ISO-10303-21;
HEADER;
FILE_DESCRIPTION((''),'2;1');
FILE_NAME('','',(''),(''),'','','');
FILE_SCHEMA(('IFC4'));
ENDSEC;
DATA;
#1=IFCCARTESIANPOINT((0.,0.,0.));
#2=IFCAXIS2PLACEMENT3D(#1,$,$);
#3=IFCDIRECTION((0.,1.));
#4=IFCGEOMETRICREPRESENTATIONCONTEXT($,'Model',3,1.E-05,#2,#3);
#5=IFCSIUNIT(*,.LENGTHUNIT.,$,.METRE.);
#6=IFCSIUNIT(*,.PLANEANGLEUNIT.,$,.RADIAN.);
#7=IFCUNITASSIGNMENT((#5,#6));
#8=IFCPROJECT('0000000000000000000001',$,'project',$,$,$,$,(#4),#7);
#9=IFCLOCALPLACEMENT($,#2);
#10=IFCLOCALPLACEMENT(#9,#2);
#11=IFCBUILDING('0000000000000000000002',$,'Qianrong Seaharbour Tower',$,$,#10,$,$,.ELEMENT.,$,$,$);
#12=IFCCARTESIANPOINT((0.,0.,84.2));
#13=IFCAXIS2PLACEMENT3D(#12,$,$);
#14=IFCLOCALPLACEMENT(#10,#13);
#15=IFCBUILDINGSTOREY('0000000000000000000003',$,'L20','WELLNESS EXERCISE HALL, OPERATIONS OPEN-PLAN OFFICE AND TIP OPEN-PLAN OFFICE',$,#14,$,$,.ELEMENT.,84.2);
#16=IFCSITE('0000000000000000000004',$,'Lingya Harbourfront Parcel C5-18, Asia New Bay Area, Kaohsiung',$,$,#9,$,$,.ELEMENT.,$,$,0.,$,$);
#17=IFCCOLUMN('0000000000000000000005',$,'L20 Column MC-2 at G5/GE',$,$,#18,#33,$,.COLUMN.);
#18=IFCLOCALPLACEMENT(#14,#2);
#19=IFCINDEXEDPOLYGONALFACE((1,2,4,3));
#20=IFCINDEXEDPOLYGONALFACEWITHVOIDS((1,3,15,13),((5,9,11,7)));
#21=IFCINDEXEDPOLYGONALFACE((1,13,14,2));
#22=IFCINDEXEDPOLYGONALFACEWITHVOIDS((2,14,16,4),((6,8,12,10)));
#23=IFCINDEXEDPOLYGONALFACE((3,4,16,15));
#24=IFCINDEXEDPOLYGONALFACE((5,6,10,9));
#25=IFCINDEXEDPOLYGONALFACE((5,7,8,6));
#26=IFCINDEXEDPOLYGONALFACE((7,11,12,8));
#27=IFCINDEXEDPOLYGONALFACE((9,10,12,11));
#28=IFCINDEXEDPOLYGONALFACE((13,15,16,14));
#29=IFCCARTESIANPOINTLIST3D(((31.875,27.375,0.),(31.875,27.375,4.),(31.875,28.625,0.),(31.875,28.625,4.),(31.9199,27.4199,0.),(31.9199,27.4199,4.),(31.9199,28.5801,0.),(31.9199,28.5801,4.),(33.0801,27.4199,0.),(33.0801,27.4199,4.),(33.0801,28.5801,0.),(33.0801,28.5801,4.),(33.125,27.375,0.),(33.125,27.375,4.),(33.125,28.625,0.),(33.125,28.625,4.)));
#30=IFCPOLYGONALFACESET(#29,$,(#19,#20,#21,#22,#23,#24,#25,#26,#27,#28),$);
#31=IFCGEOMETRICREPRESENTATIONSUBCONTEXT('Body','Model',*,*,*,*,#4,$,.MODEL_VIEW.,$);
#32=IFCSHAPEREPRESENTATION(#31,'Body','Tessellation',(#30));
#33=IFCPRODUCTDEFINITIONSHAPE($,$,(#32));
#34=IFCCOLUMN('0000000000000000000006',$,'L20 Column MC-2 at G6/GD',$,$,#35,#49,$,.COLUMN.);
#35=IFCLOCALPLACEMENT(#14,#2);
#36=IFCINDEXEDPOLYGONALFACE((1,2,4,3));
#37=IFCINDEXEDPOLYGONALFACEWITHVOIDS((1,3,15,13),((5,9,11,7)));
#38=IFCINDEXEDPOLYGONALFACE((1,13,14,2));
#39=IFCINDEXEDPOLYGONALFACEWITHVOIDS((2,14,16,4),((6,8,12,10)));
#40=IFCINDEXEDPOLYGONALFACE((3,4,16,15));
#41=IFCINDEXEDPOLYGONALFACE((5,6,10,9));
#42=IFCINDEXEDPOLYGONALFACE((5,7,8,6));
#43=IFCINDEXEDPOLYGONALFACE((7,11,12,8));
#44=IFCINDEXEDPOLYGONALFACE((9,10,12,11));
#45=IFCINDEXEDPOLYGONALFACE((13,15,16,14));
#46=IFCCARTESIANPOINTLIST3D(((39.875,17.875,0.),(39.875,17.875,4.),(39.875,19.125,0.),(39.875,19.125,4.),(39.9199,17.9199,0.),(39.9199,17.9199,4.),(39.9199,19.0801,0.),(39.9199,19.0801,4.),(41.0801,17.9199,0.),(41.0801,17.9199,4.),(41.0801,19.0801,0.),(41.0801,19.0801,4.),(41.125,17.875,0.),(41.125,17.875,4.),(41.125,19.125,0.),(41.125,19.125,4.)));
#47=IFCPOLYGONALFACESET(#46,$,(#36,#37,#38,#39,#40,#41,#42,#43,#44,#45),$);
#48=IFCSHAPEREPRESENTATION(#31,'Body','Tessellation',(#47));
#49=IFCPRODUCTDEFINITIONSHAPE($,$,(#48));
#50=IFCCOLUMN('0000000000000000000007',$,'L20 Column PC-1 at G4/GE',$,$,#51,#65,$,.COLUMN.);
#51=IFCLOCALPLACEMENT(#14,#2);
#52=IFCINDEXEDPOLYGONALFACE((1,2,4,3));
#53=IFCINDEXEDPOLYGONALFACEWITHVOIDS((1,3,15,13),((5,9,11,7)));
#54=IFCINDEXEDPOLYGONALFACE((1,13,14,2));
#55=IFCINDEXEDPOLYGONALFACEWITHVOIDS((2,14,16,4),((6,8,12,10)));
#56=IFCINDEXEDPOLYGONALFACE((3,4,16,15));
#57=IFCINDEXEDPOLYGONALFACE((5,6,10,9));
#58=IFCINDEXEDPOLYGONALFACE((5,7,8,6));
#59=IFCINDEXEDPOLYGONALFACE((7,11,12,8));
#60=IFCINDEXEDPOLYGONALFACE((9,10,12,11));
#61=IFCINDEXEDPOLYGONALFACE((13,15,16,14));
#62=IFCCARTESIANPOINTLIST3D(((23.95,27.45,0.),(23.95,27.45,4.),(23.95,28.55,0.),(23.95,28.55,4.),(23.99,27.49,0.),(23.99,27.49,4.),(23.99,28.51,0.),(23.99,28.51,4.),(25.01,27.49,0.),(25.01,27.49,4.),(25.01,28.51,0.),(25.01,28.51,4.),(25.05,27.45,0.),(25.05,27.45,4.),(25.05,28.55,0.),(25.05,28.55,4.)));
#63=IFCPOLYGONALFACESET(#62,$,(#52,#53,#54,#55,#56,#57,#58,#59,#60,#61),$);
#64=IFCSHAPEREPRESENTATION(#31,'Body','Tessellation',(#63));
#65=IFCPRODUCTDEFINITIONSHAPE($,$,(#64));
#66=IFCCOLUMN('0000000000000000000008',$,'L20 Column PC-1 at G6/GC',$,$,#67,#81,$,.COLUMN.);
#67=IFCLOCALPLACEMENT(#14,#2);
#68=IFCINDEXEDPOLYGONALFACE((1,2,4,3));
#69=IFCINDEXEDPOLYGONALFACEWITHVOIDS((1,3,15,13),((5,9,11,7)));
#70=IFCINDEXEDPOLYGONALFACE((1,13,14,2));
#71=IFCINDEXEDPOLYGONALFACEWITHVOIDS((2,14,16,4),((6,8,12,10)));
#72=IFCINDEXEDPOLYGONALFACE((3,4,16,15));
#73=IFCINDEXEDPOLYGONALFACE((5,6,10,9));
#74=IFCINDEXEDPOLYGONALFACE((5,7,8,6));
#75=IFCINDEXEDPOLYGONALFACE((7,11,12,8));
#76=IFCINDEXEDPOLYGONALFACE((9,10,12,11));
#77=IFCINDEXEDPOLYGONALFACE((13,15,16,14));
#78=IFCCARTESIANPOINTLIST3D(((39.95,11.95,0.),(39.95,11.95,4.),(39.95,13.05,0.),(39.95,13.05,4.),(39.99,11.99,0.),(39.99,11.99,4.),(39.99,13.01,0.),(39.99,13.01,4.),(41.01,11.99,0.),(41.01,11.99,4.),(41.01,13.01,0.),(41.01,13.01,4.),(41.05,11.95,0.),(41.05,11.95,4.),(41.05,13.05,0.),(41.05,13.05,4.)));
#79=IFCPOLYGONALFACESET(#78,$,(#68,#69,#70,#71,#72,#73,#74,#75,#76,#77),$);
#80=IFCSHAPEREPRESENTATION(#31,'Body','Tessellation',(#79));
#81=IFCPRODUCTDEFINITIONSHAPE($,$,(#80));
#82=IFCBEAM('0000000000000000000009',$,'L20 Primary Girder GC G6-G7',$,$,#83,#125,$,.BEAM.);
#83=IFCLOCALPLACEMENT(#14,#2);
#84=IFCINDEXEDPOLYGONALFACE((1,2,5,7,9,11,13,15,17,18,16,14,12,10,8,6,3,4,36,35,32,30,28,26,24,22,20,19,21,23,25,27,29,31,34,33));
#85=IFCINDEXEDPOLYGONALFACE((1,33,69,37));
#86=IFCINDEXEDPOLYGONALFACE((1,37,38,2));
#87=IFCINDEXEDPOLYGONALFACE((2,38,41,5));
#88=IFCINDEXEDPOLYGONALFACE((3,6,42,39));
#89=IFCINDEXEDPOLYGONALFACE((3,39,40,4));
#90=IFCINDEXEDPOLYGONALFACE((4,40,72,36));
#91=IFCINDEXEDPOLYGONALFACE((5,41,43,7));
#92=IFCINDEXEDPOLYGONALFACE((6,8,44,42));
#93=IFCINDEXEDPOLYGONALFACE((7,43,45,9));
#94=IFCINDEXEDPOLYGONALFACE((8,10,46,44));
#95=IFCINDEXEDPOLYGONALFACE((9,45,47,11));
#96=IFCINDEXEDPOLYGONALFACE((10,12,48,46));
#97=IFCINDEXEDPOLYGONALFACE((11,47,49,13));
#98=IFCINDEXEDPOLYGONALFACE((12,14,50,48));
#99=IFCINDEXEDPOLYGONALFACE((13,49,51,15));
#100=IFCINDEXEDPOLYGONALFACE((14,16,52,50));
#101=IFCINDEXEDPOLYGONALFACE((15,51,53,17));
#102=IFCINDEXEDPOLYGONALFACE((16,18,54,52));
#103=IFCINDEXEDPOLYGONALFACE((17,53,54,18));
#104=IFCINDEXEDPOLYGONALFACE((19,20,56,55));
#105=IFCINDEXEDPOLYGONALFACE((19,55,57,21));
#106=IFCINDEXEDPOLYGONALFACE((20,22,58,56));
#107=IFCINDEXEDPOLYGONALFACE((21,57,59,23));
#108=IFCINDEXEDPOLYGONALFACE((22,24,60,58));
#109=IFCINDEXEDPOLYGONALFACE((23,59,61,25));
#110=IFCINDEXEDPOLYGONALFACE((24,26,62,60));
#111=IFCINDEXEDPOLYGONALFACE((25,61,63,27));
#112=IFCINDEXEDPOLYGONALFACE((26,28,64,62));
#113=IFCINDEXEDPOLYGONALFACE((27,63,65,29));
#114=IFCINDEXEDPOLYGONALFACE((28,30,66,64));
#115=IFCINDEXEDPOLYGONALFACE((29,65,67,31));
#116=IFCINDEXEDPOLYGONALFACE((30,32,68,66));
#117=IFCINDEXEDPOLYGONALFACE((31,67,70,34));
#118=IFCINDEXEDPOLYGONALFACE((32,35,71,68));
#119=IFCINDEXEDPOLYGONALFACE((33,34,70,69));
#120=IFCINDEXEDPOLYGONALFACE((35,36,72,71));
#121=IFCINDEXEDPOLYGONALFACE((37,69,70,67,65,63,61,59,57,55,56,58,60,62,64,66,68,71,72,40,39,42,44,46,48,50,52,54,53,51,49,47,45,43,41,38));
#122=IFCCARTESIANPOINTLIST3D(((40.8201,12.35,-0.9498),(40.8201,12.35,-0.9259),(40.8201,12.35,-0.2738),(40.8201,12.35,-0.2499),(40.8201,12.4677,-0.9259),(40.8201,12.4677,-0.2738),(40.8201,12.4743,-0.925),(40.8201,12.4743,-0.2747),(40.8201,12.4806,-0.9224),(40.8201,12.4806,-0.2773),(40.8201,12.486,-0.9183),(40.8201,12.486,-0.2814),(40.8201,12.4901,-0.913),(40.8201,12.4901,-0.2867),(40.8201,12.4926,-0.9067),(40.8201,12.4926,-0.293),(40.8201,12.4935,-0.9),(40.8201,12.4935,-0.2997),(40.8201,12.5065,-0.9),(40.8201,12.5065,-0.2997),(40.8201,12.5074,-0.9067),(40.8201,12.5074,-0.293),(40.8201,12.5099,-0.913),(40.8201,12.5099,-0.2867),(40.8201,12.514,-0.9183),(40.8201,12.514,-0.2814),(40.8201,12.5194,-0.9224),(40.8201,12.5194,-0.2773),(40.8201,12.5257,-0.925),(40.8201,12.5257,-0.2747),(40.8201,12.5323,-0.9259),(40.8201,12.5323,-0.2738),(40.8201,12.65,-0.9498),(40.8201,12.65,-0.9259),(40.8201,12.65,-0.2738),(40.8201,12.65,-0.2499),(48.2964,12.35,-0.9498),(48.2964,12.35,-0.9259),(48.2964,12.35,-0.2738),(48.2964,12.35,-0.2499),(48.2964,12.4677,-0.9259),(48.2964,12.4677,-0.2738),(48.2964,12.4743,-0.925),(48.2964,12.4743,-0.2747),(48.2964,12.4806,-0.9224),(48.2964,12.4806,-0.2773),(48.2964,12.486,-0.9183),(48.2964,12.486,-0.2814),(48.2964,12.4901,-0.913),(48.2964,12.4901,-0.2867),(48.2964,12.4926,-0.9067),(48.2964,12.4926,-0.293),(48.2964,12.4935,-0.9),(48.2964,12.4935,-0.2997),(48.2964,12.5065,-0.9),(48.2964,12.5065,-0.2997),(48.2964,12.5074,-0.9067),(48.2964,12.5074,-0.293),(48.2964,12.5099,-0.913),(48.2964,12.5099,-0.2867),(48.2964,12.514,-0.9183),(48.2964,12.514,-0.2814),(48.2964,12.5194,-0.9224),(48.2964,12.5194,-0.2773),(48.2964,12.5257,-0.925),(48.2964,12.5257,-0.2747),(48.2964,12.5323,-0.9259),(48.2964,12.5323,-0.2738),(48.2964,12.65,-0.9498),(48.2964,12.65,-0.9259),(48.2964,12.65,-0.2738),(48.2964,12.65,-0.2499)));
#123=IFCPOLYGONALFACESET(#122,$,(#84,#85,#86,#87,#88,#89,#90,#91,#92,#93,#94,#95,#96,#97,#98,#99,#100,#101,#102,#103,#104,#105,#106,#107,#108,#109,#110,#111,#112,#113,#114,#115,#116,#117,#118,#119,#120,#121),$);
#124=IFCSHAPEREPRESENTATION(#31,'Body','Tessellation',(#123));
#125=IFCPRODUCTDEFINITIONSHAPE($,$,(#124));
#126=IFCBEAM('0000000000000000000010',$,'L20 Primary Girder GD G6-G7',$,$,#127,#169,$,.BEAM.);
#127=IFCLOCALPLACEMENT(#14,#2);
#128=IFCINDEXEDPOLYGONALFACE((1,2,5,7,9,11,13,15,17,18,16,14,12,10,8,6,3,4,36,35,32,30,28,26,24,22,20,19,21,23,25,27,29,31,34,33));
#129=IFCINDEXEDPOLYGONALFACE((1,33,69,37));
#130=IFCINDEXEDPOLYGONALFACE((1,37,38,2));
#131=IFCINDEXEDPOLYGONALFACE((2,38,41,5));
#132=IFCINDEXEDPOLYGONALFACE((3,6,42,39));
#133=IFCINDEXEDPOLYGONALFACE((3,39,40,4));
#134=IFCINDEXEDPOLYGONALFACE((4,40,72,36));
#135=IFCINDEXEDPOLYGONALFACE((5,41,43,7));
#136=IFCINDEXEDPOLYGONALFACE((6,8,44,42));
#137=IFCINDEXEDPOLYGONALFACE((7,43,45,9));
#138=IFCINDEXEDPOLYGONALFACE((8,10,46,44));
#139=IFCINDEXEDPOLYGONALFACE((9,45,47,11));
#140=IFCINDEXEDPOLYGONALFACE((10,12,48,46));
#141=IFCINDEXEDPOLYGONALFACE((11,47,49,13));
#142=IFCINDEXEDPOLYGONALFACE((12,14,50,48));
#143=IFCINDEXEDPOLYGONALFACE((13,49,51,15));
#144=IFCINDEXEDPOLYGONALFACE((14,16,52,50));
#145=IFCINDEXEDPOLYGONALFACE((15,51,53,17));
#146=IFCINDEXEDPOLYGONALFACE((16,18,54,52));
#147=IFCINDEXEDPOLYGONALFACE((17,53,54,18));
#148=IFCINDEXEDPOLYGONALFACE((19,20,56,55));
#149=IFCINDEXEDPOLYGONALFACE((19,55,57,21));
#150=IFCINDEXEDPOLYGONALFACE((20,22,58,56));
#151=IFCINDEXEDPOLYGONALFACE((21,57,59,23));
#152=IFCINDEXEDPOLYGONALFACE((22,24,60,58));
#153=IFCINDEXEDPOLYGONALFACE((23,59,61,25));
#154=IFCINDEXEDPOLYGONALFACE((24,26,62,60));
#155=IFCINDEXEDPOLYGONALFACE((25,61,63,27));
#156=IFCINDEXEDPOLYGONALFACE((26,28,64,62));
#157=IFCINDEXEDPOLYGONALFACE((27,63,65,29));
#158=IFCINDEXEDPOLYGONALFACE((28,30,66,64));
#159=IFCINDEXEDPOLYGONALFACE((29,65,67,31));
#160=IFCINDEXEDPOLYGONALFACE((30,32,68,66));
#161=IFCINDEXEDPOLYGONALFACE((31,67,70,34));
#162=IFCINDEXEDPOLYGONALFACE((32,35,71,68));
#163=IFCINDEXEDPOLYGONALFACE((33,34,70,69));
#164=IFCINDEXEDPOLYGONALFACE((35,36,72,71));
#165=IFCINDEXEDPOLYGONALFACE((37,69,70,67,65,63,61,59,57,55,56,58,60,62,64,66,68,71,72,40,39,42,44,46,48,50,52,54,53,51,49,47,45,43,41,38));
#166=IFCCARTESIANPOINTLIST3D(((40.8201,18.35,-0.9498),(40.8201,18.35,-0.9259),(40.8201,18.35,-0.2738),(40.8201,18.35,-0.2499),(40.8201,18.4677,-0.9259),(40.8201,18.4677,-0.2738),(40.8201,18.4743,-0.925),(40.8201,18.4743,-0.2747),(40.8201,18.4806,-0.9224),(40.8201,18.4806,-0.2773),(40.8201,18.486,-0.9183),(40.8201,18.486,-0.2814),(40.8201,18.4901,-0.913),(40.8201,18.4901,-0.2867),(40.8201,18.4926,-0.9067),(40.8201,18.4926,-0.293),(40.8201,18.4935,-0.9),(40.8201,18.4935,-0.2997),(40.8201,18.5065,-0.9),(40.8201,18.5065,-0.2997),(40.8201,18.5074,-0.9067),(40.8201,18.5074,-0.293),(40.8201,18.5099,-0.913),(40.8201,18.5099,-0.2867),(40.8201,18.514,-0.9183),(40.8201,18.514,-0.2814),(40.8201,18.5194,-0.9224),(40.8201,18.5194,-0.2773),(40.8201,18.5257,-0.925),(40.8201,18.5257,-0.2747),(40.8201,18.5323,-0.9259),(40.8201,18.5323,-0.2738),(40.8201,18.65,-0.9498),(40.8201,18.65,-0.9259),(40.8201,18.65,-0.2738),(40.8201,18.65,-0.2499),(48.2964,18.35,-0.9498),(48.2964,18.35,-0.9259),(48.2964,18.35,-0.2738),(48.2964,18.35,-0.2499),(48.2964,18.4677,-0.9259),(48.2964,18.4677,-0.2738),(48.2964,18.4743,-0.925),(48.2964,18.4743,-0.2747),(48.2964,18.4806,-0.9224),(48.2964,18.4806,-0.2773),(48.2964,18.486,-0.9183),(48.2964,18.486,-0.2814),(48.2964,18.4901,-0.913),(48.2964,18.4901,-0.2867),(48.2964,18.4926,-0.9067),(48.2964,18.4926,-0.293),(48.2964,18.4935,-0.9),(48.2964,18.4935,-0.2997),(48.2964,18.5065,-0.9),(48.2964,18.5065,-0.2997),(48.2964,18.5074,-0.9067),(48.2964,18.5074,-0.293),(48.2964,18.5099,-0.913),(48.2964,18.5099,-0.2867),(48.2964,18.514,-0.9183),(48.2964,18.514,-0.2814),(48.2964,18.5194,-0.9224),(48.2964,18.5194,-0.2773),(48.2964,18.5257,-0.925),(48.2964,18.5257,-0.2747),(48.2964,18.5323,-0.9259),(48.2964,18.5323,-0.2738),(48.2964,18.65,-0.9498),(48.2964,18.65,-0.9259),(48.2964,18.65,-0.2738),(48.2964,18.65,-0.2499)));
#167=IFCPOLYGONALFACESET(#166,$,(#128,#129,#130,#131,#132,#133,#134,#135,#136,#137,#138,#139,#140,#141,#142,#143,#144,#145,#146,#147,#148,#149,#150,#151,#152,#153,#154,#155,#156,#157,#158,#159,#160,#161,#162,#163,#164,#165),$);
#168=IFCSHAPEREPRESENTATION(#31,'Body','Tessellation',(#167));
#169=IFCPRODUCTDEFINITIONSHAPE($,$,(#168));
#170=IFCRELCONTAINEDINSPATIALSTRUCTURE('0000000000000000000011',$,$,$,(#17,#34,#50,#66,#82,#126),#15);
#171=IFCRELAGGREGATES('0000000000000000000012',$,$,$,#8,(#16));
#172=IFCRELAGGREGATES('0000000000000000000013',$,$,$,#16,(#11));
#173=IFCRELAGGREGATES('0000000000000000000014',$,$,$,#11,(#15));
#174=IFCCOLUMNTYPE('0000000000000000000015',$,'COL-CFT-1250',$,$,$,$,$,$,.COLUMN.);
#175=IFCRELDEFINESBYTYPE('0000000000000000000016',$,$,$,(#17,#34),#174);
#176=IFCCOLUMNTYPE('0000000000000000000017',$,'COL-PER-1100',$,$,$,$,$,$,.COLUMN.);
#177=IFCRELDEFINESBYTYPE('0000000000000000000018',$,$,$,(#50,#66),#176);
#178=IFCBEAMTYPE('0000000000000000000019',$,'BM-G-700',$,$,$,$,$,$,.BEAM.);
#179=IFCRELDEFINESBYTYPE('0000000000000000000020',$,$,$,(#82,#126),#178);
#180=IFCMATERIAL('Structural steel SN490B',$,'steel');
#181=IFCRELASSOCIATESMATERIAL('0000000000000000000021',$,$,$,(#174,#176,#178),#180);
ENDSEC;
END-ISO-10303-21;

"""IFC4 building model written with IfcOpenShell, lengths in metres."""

from ifc_helpers import new_model, si_unit, direction, frame, origin, origin_2d, place, context, subcontext, project, spatial, hollow_rectangle, i_section, extrude, material, material_profile, profile_set, type_object, element, save


model = new_model("IFC4")

# Units and contexts
model_context = context("Model", 3, precision=1e-05, world=origin(), true_north=direction((0.0, 1.0)))
body_context = subcontext(model_context, "Body", "Model", "MODEL_VIEW")
ifc_project = project(units=[si_unit("LENGTHUNIT", "METRE"), si_unit("PLANEANGLEUNIT", "RADIAN")], contexts=[model_context])

# Site, building, storey
site_placement = place(None, origin())
site = spatial("IfcSite", under=ifc_project, at=site_placement, Name="Lingya Harbourfront Parcel C5-18, Asia New Bay Area, Kaohsiung", CompositionType="ELEMENT", RefElevation=0.0)
building_placement = place(site_placement, origin())
building = spatial("IfcBuilding", under=site, at=building_placement, Name="Qianrong Seaharbour Tower", CompositionType="ELEMENT")
storey_placement = place(building_placement, frame((0.0, 0.0, 84.2)))
storey = spatial("IfcBuildingStorey", under=building, at=storey_placement, Name="L20", Description="WELLNESS EXERCISE HALL, OPERATIONS OPEN-PLAN OFFICE AND TIP OPEN-PLAN OFFICE", CompositionType="ELEMENT", Elevation=84.2)

# Columns
ifc_material_1 = material(Name="Structural steel SN490B", Category="steel")
ifc_material_profile_1 = material_profile(ifc_material_1, hollow_rectangle(XDim=1.25, YDim=1.25, WallThickness=0.0449, at=origin_2d()), Name="BOX1250x1250x45")
ifc_profile_set_1 = profile_set([ifc_material_profile_1], Name="Structural steel SN490B")
column_type_1 = type_object("IfcColumnType", Name="COL-CFT-1250", PredefinedType="COLUMN", material=ifc_profile_set_1)
for number, where, z_axis, x_axis, name in (
    (1, (32.5, 28.0, 0.0), (0.0, 0.0, 1.0), (1.0, 0.0, 0.0), "L20 Column MC-2 at G5/GE"),
    (2, (40.5, 18.5, 0.0), (0.0, 0.0, 1.0), (1.0, 0.0, 0.0), "L20 Column MC-2 at G6/GD"),
):
    element("IfcColumn", number, at=place(storey_placement, frame(where, z_axis=z_axis, x_axis=x_axis)), inside=storey, type_object=column_type_1, Name=name, PredefinedType="COLUMN", context=body_context, shape_type="SweptSolid", body=[
        extrude(hollow_rectangle(XDim=1.25, YDim=1.25, WallThickness=0.0449, at=origin_2d()), origin(), (0.0, 0.0, 1.0), 4.0),
    ])
ifc_material_profile_2 = material_profile(ifc_material_1, hollow_rectangle(XDim=1.1001, YDim=1.1001, WallThickness=0.04, at=origin_2d()), Name="BOX1100x1100x40")
ifc_profile_set_2 = profile_set([ifc_material_profile_2], Name="Structural steel SN490B")
column_type_2 = type_object("IfcColumnType", Name="COL-PER-1100", PredefinedType="COLUMN", material=ifc_profile_set_2)
for number, where, z_axis, x_axis, name in (
    (3, (24.5, 28.0, 0.0), (0.0, 0.0, 1.0), (1.0, 0.0, 0.0), "L20 Column PC-1 at G4/GE"),
    (4, (40.5, 12.5, 0.0), (0.0, 0.0, 1.0), (1.0, 0.0, 0.0), "L20 Column PC-1 at G6/GC"),
):
    element("IfcColumn", number, at=place(storey_placement, frame(where, z_axis=z_axis, x_axis=x_axis)), inside=storey, type_object=column_type_2, Name=name, PredefinedType="COLUMN", context=body_context, shape_type="SweptSolid", body=[
        extrude(hollow_rectangle(XDim=1.1001, YDim=1.1001, WallThickness=0.04, at=origin_2d()), origin(), (0.0, 0.0, 1.0), 4.0),
    ])

# Beams
ifc_material_profile_3 = material_profile(ifc_material_1, i_section(OverallWidth=0.3, OverallDepth=0.7, WebThickness=0.0129, FlangeThickness=0.0239, FilletRadius=0.0259, at=origin_2d()), Name="H700x300x13x24")
ifc_profile_set_3 = profile_set([ifc_material_profile_3], Name="Structural steel SN490B")
beam_type_1 = type_object("IfcBeamType", Name="BM-G-700", PredefinedType="BEAM", material=ifc_profile_set_3)
for number, where, z_axis, x_axis, name in (
    (5, (40.8201, 12.5, -0.5999), (1.0, 0.0, 0.0), (0.0, 1.0, 0.0), "L20 Primary Girder GC G6-G7"),
    (6, (40.8201, 18.5, -0.5999), (1.0, 0.0, 0.0), (0.0, 1.0, 0.0), "L20 Primary Girder GD G6-G7"),
):
    element("IfcBeam", number, at=place(storey_placement, frame(where, z_axis=z_axis, x_axis=x_axis)), inside=storey, type_object=beam_type_1, Name=name, PredefinedType="BEAM", context=body_context, shape_type="SweptSolid", body=[
        extrude(i_section(OverallWidth=0.3, OverallDepth=0.7, WebThickness=0.0129, FlangeThickness=0.0239, FilletRadius=0.0259, at=origin_2d()), origin(), (0.0, 0.0, 1.0), 7.4763),
    ])

save(model, "model.ifc")
